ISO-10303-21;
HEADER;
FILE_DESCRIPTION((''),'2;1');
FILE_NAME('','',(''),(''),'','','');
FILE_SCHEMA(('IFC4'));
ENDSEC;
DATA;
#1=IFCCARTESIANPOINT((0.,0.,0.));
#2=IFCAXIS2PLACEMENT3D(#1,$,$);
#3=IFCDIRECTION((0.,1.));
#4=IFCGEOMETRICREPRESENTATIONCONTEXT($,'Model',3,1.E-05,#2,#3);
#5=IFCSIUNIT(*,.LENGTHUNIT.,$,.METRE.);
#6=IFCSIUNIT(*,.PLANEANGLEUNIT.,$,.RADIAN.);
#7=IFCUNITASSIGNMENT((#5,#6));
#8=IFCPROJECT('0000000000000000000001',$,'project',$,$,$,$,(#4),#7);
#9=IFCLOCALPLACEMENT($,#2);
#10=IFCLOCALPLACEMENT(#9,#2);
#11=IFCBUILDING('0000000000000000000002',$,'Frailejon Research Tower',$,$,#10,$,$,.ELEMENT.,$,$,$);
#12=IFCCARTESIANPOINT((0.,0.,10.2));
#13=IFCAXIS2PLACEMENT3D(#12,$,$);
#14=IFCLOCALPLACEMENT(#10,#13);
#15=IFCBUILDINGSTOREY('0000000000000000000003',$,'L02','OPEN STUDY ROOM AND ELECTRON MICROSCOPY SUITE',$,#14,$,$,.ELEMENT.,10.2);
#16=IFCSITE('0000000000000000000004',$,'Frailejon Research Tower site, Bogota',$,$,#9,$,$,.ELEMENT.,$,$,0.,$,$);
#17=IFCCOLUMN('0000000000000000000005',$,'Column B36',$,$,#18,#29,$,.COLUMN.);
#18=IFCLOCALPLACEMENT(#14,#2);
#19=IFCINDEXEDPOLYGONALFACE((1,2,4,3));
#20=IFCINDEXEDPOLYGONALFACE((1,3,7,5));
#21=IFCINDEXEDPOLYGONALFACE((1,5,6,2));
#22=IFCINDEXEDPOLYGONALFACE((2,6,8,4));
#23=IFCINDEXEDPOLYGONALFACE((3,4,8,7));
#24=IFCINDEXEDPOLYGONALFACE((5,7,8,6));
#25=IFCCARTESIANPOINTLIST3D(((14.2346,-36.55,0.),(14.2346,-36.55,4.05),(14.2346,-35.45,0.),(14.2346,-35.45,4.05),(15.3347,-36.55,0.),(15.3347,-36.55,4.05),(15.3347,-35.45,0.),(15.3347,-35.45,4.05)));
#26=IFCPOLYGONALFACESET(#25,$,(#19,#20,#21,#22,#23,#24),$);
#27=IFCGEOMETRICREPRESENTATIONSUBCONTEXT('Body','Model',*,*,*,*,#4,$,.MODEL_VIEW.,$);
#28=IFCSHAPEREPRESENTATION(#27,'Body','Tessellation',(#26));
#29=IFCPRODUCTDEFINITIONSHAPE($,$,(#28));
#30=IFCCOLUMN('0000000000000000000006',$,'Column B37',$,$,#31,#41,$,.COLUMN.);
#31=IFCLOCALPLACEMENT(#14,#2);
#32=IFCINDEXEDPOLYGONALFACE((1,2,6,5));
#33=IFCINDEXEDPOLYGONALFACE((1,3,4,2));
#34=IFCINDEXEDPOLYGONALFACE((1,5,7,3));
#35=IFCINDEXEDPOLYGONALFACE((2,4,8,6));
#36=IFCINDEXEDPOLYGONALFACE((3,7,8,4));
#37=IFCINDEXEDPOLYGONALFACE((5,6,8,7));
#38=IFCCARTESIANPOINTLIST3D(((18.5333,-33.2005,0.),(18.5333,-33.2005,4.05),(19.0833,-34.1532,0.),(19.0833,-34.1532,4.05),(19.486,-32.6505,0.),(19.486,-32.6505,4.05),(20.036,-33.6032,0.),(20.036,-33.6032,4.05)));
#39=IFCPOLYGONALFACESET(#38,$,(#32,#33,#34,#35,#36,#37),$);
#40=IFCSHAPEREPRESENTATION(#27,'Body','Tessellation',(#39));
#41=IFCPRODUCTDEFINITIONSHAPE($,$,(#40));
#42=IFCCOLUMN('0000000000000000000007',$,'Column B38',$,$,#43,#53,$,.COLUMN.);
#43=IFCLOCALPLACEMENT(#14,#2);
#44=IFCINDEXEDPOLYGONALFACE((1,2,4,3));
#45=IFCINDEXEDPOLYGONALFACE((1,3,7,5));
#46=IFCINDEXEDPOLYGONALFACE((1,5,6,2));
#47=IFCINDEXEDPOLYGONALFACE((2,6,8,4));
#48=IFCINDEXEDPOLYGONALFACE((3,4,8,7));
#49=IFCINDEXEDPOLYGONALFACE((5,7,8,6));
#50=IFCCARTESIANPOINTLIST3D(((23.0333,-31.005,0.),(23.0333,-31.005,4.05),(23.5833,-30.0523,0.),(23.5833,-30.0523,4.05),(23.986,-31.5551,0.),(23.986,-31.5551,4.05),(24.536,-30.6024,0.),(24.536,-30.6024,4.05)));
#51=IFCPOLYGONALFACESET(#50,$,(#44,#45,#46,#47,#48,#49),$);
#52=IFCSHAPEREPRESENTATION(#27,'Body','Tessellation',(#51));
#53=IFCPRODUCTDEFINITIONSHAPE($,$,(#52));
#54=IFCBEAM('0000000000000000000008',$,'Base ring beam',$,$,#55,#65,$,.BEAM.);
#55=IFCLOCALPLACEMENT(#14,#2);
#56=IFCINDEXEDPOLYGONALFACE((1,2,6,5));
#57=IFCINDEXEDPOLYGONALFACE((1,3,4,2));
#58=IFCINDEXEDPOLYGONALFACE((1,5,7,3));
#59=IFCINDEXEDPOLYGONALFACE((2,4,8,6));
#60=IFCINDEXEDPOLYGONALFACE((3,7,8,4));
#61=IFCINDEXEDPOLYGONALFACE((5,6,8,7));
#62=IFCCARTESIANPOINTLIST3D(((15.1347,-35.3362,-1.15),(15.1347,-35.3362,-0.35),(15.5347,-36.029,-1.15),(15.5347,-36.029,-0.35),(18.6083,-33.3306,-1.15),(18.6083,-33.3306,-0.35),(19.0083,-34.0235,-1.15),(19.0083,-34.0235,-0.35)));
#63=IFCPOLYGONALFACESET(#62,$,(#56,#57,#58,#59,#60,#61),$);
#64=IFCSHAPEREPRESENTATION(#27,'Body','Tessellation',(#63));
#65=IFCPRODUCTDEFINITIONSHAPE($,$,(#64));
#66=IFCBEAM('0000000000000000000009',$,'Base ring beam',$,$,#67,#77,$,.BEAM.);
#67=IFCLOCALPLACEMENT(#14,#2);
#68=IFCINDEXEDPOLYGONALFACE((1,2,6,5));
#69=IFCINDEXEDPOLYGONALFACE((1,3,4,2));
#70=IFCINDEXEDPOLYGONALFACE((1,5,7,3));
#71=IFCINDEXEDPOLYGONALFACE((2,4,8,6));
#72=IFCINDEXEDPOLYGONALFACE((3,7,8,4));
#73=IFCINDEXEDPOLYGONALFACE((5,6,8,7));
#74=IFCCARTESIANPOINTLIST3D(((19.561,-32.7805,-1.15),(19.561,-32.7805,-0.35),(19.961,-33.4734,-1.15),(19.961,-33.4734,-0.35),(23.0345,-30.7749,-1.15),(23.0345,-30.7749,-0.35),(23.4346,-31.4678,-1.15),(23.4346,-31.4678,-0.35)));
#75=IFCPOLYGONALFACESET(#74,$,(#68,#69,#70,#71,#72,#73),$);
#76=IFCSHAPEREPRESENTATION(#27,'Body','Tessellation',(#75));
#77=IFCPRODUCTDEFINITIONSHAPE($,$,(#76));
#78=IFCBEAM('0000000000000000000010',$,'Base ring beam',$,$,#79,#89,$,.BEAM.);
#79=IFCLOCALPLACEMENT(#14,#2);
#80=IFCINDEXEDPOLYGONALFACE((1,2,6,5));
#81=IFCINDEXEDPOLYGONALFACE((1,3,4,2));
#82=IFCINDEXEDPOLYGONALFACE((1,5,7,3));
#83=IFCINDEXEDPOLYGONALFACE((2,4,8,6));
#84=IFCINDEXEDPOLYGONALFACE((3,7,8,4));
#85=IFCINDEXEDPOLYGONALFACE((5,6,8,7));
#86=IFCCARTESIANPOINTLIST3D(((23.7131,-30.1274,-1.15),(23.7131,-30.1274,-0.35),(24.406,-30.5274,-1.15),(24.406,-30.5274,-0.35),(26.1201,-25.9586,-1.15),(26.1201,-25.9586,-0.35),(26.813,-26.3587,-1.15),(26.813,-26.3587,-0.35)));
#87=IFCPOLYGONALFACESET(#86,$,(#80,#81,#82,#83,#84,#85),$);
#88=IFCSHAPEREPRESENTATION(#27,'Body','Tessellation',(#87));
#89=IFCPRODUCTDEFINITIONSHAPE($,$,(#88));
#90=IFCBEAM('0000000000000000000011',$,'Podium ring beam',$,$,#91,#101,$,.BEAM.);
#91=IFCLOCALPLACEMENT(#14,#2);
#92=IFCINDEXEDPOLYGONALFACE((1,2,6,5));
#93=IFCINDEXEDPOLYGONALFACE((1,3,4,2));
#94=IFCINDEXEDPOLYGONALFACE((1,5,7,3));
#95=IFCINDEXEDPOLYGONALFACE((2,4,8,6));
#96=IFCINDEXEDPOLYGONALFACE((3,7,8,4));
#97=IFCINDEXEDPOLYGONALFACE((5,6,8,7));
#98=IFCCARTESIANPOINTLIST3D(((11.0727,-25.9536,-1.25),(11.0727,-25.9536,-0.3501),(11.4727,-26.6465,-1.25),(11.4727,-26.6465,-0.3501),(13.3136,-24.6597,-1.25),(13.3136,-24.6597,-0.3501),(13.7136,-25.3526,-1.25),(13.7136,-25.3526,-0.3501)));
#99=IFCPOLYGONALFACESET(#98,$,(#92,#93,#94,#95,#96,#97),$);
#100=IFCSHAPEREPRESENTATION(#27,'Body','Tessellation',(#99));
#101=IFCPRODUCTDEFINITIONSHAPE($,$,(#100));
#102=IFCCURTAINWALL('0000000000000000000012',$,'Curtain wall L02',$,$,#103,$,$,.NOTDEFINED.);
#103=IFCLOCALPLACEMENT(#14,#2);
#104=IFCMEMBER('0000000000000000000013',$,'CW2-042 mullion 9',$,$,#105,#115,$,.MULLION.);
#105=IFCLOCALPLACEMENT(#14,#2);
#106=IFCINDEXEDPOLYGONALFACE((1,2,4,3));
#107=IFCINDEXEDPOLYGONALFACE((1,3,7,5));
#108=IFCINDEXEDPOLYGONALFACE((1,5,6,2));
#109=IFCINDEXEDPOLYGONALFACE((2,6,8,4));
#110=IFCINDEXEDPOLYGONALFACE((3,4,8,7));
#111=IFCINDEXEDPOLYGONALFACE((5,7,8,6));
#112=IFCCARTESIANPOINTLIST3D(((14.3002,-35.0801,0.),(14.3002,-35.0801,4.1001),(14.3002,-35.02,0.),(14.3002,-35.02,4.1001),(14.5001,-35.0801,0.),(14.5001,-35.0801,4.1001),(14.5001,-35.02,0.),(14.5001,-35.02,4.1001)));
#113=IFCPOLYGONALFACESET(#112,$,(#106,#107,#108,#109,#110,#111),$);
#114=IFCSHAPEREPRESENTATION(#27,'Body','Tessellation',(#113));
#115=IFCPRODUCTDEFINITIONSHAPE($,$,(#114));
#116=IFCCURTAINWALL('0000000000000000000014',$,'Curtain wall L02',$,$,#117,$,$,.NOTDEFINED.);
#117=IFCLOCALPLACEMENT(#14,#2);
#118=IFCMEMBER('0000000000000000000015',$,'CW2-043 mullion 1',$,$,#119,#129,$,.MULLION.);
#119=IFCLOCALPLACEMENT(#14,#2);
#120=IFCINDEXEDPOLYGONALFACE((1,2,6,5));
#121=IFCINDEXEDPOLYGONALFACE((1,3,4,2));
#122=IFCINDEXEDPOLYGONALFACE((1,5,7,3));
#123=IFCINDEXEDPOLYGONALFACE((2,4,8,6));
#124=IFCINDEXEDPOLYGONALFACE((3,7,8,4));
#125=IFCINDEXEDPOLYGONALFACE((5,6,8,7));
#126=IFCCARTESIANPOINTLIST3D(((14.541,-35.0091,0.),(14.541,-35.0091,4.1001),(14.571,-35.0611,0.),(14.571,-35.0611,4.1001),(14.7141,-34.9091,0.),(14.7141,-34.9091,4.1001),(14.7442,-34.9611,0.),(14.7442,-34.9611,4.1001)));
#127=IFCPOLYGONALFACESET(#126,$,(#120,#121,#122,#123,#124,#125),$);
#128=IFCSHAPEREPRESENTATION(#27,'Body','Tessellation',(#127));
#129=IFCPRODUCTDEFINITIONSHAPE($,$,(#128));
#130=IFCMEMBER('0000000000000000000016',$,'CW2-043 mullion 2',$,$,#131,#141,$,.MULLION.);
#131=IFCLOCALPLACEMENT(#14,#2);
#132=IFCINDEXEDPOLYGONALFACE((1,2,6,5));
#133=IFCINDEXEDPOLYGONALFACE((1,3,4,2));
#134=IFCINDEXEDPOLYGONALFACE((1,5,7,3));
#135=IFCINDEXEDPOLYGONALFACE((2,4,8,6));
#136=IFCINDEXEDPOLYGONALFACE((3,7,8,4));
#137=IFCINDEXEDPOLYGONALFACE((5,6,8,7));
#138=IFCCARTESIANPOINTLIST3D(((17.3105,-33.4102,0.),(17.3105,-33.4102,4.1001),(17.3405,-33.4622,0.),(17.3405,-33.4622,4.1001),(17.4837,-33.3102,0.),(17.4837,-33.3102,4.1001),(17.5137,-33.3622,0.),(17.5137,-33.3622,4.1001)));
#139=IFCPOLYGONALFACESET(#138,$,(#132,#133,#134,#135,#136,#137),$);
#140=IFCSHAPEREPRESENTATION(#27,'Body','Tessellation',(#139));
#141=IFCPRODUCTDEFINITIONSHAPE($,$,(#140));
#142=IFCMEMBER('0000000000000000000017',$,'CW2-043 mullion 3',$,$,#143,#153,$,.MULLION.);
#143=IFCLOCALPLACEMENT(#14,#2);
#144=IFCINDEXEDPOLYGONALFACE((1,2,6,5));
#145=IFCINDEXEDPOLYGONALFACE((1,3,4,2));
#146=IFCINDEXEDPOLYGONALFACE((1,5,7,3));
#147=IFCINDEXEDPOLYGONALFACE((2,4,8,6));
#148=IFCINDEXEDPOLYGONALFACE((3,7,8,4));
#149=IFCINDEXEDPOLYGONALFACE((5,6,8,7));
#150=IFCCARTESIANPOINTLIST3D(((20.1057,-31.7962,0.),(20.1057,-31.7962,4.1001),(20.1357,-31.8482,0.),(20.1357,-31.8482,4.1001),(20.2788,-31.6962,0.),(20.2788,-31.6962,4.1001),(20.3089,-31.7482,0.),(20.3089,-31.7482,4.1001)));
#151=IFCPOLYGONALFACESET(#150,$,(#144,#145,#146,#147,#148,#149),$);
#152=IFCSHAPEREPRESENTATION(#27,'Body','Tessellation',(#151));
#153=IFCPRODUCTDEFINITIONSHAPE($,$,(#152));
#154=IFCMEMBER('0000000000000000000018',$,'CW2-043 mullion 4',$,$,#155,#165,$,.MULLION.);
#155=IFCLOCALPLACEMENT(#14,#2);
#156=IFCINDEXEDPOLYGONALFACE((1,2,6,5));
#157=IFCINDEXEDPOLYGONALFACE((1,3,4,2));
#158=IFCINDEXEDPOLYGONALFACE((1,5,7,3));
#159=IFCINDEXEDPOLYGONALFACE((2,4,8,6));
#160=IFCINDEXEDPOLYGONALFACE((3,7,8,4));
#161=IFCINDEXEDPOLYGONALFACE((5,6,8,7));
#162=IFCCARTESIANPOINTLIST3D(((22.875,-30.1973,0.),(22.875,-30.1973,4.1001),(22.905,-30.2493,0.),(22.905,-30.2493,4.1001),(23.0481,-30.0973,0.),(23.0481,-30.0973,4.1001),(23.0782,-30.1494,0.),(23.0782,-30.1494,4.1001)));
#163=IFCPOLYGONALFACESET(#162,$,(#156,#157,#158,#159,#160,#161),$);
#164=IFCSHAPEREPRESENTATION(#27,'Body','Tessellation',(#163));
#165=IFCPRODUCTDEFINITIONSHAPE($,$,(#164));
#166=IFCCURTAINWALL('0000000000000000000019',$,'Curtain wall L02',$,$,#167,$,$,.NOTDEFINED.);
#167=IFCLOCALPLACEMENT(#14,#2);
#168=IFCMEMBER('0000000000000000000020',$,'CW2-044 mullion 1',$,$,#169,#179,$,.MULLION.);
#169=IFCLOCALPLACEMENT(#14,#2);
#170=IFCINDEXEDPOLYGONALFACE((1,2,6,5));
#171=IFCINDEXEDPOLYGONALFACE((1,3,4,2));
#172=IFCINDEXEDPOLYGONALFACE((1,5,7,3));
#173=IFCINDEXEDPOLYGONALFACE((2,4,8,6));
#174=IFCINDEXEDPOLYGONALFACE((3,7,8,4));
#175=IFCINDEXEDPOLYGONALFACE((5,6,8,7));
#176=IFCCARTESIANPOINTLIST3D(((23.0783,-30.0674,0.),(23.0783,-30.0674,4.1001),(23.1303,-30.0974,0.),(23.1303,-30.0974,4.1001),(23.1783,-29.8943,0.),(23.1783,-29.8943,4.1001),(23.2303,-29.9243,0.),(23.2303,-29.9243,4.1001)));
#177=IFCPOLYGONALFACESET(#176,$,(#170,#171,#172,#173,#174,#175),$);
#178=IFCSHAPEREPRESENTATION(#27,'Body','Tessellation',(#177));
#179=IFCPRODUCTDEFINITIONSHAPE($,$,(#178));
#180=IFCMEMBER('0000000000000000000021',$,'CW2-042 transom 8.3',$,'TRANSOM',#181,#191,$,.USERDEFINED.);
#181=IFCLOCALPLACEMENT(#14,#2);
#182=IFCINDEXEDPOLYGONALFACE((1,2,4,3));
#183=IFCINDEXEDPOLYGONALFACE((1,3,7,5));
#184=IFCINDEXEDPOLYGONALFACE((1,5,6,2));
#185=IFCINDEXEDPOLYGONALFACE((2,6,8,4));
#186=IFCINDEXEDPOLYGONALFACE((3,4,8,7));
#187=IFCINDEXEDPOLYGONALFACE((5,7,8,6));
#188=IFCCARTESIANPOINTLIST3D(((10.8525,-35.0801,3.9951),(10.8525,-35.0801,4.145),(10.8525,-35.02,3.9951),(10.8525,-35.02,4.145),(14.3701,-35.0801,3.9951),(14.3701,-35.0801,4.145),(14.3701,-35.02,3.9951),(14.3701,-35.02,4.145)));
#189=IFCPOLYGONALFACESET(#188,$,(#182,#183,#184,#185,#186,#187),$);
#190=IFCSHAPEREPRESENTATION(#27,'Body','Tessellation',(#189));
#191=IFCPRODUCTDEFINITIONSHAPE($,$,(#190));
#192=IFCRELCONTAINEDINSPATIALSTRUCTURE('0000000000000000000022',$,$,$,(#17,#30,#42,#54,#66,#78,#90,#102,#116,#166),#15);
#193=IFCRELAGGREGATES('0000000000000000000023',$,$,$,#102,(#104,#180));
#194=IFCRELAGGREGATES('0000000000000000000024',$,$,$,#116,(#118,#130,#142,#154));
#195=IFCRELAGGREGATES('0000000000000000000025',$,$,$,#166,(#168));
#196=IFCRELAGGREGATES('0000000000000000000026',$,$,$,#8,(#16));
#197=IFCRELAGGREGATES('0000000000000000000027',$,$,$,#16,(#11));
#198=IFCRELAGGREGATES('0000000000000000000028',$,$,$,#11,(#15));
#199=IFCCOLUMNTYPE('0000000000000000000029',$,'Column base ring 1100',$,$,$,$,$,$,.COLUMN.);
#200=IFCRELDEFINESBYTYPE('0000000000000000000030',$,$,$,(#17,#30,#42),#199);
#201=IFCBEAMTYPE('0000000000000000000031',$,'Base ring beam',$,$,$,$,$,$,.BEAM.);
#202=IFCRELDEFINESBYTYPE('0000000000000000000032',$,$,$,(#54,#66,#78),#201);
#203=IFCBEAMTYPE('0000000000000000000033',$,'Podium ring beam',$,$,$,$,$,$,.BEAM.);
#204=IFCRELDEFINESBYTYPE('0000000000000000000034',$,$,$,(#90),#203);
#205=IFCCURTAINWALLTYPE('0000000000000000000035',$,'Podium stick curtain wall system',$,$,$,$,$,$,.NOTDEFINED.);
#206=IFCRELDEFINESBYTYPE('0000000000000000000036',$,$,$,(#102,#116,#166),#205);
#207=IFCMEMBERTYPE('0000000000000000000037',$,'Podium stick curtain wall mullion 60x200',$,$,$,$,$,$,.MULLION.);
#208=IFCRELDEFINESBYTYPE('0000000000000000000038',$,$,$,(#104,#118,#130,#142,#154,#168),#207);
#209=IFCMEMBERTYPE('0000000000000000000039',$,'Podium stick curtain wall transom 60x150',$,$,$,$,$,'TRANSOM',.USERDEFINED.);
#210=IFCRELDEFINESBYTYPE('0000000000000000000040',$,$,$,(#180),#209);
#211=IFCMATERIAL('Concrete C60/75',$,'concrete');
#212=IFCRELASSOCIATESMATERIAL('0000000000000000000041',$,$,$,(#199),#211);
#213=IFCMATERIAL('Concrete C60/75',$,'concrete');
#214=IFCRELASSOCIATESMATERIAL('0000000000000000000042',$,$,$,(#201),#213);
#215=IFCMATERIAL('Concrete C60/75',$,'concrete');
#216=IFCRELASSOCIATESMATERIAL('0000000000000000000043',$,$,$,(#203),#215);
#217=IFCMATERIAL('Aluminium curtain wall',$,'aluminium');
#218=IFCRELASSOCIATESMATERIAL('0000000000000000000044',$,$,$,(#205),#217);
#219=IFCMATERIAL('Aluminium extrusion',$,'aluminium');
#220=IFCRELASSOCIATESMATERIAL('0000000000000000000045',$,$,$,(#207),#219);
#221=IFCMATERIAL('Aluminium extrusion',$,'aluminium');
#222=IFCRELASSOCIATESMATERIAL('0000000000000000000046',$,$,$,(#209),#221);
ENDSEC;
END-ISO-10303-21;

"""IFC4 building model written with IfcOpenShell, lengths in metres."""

from ifc_helpers import new_model, si_unit, direction, frame, origin, origin_2d, place, context, subcontext, project, spatial, rectangle, extrude, material, material_profile, profile_set, type_object, element, aggregate, save


model = new_model("IFC4")

# Units and contexts
model_context = context("Model", 3, precision=1e-05, world=origin(), true_north=direction((0.0, 1.0)))
body_context = subcontext(model_context, "Body", "Model", "MODEL_VIEW")
ifc_project = project(units=[si_unit("LENGTHUNIT", "METRE"), si_unit("PLANEANGLEUNIT", "RADIAN")], contexts=[model_context])

# Site, building, storey
site_placement = place(None, origin())
site = spatial("IfcSite", under=ifc_project, at=site_placement, Name="Frailejon Research Tower site, Bogota", CompositionType="ELEMENT", RefElevation=0.0)
building_placement = place(site_placement, origin())
building = spatial("IfcBuilding", under=site, at=building_placement, Name="Frailejon Research Tower", CompositionType="ELEMENT")
storey_placement = place(building_placement, frame((0.0, 0.0, 10.2)))
storey = spatial("IfcBuildingStorey", under=building, at=storey_placement, Name="L02", Description="OPEN STUDY ROOM AND ELECTRON MICROSCOPY SUITE", CompositionType="ELEMENT", Elevation=10.2)

# Columns
ifc_material_1 = material(Name="Concrete C60/75", Category="concrete")
ifc_material_profile_1 = material_profile(ifc_material_1, rectangle(XDim=1.1001, YDim=1.1001, at=origin_2d()), Name="Column base ring 1100")
ifc_profile_set_1 = profile_set([ifc_material_profile_1], Name="Concrete C60/75")
column_type = type_object("IfcColumnType", Name="Column base ring 1100", PredefinedType="COLUMN", material=ifc_profile_set_1)
for number, where, z_axis, x_axis, name in (
    (1, (14.7847, -36.0, 0.0), (0.0, 0.0, 1.0), (1.0, 0.0, 0.0), "Column B36"),
    (2, (19.2847, -33.4019, 0.0), (0.0, 0.0, 1.0), (0.866025, 0.5, 0.0), "Column B37"),
    (3, (23.7847, -30.8037, 0.0), (0.0, 0.0, 1.0), (0.5, 0.866025, 0.0), "Column B38"),
):
    element("IfcColumn", number, at=place(storey_placement, frame(where, z_axis=z_axis, x_axis=x_axis)), inside=storey, type_object=column_type, Name=name, PredefinedType="COLUMN", context=body_context, shape_type="SweptSolid", body=[
        extrude(rectangle(XDim=1.1001, YDim=1.1001, at=origin_2d()), origin(), (0.0, 0.0, 1.0), 4.05),
    ])

# Beams
ifc_material_2 = material(Name="Concrete C60/75", Category="concrete")
ifc_material_profile_2 = material_profile(ifc_material_2, rectangle(XDim=0.8, YDim=0.8, at=origin_2d()), Name="Base ring beam")
ifc_profile_set_2 = profile_set([ifc_material_profile_2], Name="Concrete C60/75")
beam_type_1 = type_object("IfcBeamType", Name="Base ring beam", PredefinedType="BEAM", material=ifc_profile_set_2)
for number, where, z_axis, x_axis, name in (
    (4, (15.3347, -35.6826, -0.75), (0.866013, 0.500021, 0.0), (-0.500021, 0.866013, 0.0), "Base ring beam"),
    (5, (19.761, -33.127, -0.75), (0.866013, 0.500021, 0.0), (-0.500021, 0.866013, 0.0), "Base ring beam"),
):
    element("IfcBeam", number, at=place(storey_placement, frame(where, z_axis=z_axis, x_axis=x_axis)), inside=storey, type_object=beam_type_1, Name=name, PredefinedType="BEAM", context=body_context, shape_type="SweptSolid", body=[
        extrude(rectangle(XDim=0.8, YDim=0.8, at=origin_2d()), origin(), (0.0, 0.0, 1.0), 4.011),
    ])
beam_1_placement = place(storey_placement, frame((24.0596, -30.3274, -0.75), z_axis=(0.500028, 0.866009, 0.0), x_axis=(-0.866009, 0.500028, 0.0)))
element("IfcBeam", 6, at=beam_1_placement, inside=storey, type_object=beam_type_1, Name="Base ring beam", PredefinedType="BEAM", context=body_context, shape_type="SweptSolid", body=[
    extrude(rectangle(XDim=0.8, YDim=0.8, at=origin_2d()), origin(), (0.0, 0.0, 1.0), 4.8137),
])
ifc_material_3 = material(Name="Concrete C60/75", Category="concrete")
ifc_material_profile_3 = material_profile(ifc_material_3, rectangle(XDim=0.8, YDim=0.8999, at=origin_2d()), Name="Podium ring beam")
ifc_profile_set_3 = profile_set([ifc_material_profile_3], Name="Concrete C60/75")
beam_type_2 = type_object("IfcBeamType", Name="Podium ring beam", PredefinedType="BEAM", material=ifc_profile_set_3)
beam_2_placement = place(storey_placement, frame((11.2727, -26.3, -0.8), z_axis=(0.866005, 0.500036, 0.0), x_axis=(-0.500036, 0.866005, 0.0)))
element("IfcBeam", 7, at=beam_2_placement, inside=storey, type_object=beam_type_2, Name="Podium ring beam", PredefinedType="BEAM", context=body_context, shape_type="SweptSolid", body=[
    extrude(rectangle(XDim=0.8, YDim=0.8999, at=origin_2d()), origin(), (0.0, 0.0, 1.0), 2.5876),
])

# Curtain wall, member
ifc_material_4 = material(Name="Aluminium curtain wall", Category="aluminium")
curtain_wall_type = type_object("IfcCurtainWallType", Name="Podium stick curtain wall system", PredefinedType="NOTDEFINED", material=ifc_material_4)
curtain_wall_1_placement = place(storey_placement, origin())
curtain_wall_1 = element("IfcCurtainWall", 8, at=curtain_wall_1_placement, inside=storey, type_object=curtain_wall_type, Name="Curtain wall L02", PredefinedType="NOTDEFINED")
ifc_material_5 = material(Name="Aluminium extrusion", Category="aluminium")
ifc_material_profile_4 = material_profile(ifc_material_5, rectangle(XDim=0.0601, YDim=0.2, at=origin_2d()), Name="Podium stick curtain wall mullion 60x200")
ifc_profile_set_4 = profile_set([ifc_material_profile_4], Name="Aluminium extrusion")
member_type_1 = type_object("IfcMemberType", Name="Podium stick curtain wall mullion 60x200", PredefinedType="MULLION", material=ifc_profile_set_4)
member_1_placement = place(storey_placement, frame((14.4001, -35.05, 0.0), z_axis=(0.0, 0.0, 1.0), x_axis=(0.0, 1.0, 0.0)))
member_1 = element("IfcMember", 9, at=member_1_placement, type_object=member_type_1, Name="CW2-042 mullion 9", PredefinedType="MULLION", context=body_context, shape_type="SweptSolid", body=[
    extrude(rectangle(XDim=0.0601, YDim=0.2, at=origin_2d()), origin(), (0.0, 0.0, 1.0), 4.1001),
])

# Curtain wall, members
curtain_wall_2_placement = place(storey_placement, origin())
curtain_wall_2 = element("IfcCurtainWall", 10, at=curtain_wall_2_placement, inside=storey, type_object=curtain_wall_type, Name="Curtain wall L02", PredefinedType="NOTDEFINED")
member_2_placement = place(storey_placement, frame((14.6426, -34.9851, 0.0), z_axis=(0.0, 0.0, 1.0), x_axis=(-0.5, 0.866025, 0.0)))
member_2 = element("IfcMember", 11, at=member_2_placement, type_object=member_type_1, Name="CW2-043 mullion 1", PredefinedType="MULLION", context=body_context, shape_type="SweptSolid", body=[
    extrude(rectangle(XDim=0.0601, YDim=0.2, at=origin_2d()), origin(), (0.0, 0.0, 1.0), 4.1001),
])
member_3_placement = place(storey_placement, frame((17.4121, -33.3862, 0.0), z_axis=(0.0, 0.0, 1.0), x_axis=(-0.5, 0.866025, 0.0)))
member_3 = element("IfcMember", 12, at=member_3_placement, type_object=member_type_1, Name="CW2-043 mullion 2", PredefinedType="MULLION", context=body_context, shape_type="SweptSolid", body=[
    extrude(rectangle(XDim=0.0601, YDim=0.2, at=origin_2d()), origin(), (0.0, 0.0, 1.0), 4.1001),
])
member_4_placement = place(storey_placement, frame((20.2073, -31.7722, 0.0), z_axis=(0.0, 0.0, 1.0), x_axis=(-0.5, 0.866025, 0.0)))
member_4 = element("IfcMember", 13, at=member_4_placement, type_object=member_type_1, Name="CW2-043 mullion 3", PredefinedType="MULLION", context=body_context, shape_type="SweptSolid", body=[
    extrude(rectangle(XDim=0.0601, YDim=0.2, at=origin_2d()), origin(), (0.0, 0.0, 1.0), 4.1001),
])
member_5_placement = place(storey_placement, frame((22.9766, -30.1733, 0.0), z_axis=(0.0, 0.0, 1.0), x_axis=(-0.5, 0.866025, 0.0)))
member_5 = element("IfcMember", 14, at=member_5_placement, type_object=member_type_1, Name="CW2-043 mullion 4", PredefinedType="MULLION", context=body_context, shape_type="SweptSolid", body=[
    extrude(rectangle(XDim=0.0601, YDim=0.2, at=origin_2d()), origin(), (0.0, 0.0, 1.0), 4.1001),
])

# Curtain wall, member
curtain_wall_3_placement = place(storey_placement, origin())
curtain_wall_3 = element("IfcCurtainWall", 15, at=curtain_wall_3_placement, inside=storey, type_object=curtain_wall_type, Name="Curtain wall L02", PredefinedType="NOTDEFINED")
member_6_placement = place(storey_placement, frame((23.1543, -29.9958, 0.0), z_axis=(0.0, 0.0, 1.0), x_axis=(-0.866026, 0.499998, 0.0)))
member_6 = element("IfcMember", 16, at=member_6_placement, type_object=member_type_1, Name="CW2-044 mullion 1", PredefinedType="MULLION", context=body_context, shape_type="SweptSolid", body=[
    extrude(rectangle(XDim=0.0601, YDim=0.2, at=origin_2d()), origin(), (0.0, 0.0, 1.0), 4.1001),
])

# Member
ifc_material_6 = material(Name="Aluminium extrusion", Category="aluminium")
ifc_material_profile_5 = material_profile(ifc_material_6, rectangle(XDim=0.0601, YDim=0.1499, at=origin_2d()), Name="Podium stick curtain wall transom 60x150")
ifc_profile_set_5 = profile_set([ifc_material_profile_5], Name="Aluminium extrusion")
member_type_2 = type_object("IfcMemberType", Name="Podium stick curtain wall transom 60x150", ElementType="TRANSOM", PredefinedType="USERDEFINED", material=ifc_profile_set_5)
member_7_placement = place(storey_placement, frame((10.8525, -35.05, 4.0701), z_axis=(1.0, 0.0, 0.0), x_axis=(0.0, 1.0, 0.0)))
member_7 = element("IfcMember", 17, at=member_7_placement, type_object=member_type_2, Name="CW2-042 transom 8.3", ObjectType="TRANSOM", PredefinedType="USERDEFINED", context=body_context, shape_type="SweptSolid", body=[
    extrude(rectangle(XDim=0.0601, YDim=0.1499, at=origin_2d()), origin(), (0.0, 0.0, 1.0), 3.5176),
])

aggregate(curtain_wall_1, [member_1, member_7])
aggregate(curtain_wall_2, [member_2, member_3, member_4, member_5])
aggregate(curtain_wall_3, [member_6])

save(model, "model.ifc")
